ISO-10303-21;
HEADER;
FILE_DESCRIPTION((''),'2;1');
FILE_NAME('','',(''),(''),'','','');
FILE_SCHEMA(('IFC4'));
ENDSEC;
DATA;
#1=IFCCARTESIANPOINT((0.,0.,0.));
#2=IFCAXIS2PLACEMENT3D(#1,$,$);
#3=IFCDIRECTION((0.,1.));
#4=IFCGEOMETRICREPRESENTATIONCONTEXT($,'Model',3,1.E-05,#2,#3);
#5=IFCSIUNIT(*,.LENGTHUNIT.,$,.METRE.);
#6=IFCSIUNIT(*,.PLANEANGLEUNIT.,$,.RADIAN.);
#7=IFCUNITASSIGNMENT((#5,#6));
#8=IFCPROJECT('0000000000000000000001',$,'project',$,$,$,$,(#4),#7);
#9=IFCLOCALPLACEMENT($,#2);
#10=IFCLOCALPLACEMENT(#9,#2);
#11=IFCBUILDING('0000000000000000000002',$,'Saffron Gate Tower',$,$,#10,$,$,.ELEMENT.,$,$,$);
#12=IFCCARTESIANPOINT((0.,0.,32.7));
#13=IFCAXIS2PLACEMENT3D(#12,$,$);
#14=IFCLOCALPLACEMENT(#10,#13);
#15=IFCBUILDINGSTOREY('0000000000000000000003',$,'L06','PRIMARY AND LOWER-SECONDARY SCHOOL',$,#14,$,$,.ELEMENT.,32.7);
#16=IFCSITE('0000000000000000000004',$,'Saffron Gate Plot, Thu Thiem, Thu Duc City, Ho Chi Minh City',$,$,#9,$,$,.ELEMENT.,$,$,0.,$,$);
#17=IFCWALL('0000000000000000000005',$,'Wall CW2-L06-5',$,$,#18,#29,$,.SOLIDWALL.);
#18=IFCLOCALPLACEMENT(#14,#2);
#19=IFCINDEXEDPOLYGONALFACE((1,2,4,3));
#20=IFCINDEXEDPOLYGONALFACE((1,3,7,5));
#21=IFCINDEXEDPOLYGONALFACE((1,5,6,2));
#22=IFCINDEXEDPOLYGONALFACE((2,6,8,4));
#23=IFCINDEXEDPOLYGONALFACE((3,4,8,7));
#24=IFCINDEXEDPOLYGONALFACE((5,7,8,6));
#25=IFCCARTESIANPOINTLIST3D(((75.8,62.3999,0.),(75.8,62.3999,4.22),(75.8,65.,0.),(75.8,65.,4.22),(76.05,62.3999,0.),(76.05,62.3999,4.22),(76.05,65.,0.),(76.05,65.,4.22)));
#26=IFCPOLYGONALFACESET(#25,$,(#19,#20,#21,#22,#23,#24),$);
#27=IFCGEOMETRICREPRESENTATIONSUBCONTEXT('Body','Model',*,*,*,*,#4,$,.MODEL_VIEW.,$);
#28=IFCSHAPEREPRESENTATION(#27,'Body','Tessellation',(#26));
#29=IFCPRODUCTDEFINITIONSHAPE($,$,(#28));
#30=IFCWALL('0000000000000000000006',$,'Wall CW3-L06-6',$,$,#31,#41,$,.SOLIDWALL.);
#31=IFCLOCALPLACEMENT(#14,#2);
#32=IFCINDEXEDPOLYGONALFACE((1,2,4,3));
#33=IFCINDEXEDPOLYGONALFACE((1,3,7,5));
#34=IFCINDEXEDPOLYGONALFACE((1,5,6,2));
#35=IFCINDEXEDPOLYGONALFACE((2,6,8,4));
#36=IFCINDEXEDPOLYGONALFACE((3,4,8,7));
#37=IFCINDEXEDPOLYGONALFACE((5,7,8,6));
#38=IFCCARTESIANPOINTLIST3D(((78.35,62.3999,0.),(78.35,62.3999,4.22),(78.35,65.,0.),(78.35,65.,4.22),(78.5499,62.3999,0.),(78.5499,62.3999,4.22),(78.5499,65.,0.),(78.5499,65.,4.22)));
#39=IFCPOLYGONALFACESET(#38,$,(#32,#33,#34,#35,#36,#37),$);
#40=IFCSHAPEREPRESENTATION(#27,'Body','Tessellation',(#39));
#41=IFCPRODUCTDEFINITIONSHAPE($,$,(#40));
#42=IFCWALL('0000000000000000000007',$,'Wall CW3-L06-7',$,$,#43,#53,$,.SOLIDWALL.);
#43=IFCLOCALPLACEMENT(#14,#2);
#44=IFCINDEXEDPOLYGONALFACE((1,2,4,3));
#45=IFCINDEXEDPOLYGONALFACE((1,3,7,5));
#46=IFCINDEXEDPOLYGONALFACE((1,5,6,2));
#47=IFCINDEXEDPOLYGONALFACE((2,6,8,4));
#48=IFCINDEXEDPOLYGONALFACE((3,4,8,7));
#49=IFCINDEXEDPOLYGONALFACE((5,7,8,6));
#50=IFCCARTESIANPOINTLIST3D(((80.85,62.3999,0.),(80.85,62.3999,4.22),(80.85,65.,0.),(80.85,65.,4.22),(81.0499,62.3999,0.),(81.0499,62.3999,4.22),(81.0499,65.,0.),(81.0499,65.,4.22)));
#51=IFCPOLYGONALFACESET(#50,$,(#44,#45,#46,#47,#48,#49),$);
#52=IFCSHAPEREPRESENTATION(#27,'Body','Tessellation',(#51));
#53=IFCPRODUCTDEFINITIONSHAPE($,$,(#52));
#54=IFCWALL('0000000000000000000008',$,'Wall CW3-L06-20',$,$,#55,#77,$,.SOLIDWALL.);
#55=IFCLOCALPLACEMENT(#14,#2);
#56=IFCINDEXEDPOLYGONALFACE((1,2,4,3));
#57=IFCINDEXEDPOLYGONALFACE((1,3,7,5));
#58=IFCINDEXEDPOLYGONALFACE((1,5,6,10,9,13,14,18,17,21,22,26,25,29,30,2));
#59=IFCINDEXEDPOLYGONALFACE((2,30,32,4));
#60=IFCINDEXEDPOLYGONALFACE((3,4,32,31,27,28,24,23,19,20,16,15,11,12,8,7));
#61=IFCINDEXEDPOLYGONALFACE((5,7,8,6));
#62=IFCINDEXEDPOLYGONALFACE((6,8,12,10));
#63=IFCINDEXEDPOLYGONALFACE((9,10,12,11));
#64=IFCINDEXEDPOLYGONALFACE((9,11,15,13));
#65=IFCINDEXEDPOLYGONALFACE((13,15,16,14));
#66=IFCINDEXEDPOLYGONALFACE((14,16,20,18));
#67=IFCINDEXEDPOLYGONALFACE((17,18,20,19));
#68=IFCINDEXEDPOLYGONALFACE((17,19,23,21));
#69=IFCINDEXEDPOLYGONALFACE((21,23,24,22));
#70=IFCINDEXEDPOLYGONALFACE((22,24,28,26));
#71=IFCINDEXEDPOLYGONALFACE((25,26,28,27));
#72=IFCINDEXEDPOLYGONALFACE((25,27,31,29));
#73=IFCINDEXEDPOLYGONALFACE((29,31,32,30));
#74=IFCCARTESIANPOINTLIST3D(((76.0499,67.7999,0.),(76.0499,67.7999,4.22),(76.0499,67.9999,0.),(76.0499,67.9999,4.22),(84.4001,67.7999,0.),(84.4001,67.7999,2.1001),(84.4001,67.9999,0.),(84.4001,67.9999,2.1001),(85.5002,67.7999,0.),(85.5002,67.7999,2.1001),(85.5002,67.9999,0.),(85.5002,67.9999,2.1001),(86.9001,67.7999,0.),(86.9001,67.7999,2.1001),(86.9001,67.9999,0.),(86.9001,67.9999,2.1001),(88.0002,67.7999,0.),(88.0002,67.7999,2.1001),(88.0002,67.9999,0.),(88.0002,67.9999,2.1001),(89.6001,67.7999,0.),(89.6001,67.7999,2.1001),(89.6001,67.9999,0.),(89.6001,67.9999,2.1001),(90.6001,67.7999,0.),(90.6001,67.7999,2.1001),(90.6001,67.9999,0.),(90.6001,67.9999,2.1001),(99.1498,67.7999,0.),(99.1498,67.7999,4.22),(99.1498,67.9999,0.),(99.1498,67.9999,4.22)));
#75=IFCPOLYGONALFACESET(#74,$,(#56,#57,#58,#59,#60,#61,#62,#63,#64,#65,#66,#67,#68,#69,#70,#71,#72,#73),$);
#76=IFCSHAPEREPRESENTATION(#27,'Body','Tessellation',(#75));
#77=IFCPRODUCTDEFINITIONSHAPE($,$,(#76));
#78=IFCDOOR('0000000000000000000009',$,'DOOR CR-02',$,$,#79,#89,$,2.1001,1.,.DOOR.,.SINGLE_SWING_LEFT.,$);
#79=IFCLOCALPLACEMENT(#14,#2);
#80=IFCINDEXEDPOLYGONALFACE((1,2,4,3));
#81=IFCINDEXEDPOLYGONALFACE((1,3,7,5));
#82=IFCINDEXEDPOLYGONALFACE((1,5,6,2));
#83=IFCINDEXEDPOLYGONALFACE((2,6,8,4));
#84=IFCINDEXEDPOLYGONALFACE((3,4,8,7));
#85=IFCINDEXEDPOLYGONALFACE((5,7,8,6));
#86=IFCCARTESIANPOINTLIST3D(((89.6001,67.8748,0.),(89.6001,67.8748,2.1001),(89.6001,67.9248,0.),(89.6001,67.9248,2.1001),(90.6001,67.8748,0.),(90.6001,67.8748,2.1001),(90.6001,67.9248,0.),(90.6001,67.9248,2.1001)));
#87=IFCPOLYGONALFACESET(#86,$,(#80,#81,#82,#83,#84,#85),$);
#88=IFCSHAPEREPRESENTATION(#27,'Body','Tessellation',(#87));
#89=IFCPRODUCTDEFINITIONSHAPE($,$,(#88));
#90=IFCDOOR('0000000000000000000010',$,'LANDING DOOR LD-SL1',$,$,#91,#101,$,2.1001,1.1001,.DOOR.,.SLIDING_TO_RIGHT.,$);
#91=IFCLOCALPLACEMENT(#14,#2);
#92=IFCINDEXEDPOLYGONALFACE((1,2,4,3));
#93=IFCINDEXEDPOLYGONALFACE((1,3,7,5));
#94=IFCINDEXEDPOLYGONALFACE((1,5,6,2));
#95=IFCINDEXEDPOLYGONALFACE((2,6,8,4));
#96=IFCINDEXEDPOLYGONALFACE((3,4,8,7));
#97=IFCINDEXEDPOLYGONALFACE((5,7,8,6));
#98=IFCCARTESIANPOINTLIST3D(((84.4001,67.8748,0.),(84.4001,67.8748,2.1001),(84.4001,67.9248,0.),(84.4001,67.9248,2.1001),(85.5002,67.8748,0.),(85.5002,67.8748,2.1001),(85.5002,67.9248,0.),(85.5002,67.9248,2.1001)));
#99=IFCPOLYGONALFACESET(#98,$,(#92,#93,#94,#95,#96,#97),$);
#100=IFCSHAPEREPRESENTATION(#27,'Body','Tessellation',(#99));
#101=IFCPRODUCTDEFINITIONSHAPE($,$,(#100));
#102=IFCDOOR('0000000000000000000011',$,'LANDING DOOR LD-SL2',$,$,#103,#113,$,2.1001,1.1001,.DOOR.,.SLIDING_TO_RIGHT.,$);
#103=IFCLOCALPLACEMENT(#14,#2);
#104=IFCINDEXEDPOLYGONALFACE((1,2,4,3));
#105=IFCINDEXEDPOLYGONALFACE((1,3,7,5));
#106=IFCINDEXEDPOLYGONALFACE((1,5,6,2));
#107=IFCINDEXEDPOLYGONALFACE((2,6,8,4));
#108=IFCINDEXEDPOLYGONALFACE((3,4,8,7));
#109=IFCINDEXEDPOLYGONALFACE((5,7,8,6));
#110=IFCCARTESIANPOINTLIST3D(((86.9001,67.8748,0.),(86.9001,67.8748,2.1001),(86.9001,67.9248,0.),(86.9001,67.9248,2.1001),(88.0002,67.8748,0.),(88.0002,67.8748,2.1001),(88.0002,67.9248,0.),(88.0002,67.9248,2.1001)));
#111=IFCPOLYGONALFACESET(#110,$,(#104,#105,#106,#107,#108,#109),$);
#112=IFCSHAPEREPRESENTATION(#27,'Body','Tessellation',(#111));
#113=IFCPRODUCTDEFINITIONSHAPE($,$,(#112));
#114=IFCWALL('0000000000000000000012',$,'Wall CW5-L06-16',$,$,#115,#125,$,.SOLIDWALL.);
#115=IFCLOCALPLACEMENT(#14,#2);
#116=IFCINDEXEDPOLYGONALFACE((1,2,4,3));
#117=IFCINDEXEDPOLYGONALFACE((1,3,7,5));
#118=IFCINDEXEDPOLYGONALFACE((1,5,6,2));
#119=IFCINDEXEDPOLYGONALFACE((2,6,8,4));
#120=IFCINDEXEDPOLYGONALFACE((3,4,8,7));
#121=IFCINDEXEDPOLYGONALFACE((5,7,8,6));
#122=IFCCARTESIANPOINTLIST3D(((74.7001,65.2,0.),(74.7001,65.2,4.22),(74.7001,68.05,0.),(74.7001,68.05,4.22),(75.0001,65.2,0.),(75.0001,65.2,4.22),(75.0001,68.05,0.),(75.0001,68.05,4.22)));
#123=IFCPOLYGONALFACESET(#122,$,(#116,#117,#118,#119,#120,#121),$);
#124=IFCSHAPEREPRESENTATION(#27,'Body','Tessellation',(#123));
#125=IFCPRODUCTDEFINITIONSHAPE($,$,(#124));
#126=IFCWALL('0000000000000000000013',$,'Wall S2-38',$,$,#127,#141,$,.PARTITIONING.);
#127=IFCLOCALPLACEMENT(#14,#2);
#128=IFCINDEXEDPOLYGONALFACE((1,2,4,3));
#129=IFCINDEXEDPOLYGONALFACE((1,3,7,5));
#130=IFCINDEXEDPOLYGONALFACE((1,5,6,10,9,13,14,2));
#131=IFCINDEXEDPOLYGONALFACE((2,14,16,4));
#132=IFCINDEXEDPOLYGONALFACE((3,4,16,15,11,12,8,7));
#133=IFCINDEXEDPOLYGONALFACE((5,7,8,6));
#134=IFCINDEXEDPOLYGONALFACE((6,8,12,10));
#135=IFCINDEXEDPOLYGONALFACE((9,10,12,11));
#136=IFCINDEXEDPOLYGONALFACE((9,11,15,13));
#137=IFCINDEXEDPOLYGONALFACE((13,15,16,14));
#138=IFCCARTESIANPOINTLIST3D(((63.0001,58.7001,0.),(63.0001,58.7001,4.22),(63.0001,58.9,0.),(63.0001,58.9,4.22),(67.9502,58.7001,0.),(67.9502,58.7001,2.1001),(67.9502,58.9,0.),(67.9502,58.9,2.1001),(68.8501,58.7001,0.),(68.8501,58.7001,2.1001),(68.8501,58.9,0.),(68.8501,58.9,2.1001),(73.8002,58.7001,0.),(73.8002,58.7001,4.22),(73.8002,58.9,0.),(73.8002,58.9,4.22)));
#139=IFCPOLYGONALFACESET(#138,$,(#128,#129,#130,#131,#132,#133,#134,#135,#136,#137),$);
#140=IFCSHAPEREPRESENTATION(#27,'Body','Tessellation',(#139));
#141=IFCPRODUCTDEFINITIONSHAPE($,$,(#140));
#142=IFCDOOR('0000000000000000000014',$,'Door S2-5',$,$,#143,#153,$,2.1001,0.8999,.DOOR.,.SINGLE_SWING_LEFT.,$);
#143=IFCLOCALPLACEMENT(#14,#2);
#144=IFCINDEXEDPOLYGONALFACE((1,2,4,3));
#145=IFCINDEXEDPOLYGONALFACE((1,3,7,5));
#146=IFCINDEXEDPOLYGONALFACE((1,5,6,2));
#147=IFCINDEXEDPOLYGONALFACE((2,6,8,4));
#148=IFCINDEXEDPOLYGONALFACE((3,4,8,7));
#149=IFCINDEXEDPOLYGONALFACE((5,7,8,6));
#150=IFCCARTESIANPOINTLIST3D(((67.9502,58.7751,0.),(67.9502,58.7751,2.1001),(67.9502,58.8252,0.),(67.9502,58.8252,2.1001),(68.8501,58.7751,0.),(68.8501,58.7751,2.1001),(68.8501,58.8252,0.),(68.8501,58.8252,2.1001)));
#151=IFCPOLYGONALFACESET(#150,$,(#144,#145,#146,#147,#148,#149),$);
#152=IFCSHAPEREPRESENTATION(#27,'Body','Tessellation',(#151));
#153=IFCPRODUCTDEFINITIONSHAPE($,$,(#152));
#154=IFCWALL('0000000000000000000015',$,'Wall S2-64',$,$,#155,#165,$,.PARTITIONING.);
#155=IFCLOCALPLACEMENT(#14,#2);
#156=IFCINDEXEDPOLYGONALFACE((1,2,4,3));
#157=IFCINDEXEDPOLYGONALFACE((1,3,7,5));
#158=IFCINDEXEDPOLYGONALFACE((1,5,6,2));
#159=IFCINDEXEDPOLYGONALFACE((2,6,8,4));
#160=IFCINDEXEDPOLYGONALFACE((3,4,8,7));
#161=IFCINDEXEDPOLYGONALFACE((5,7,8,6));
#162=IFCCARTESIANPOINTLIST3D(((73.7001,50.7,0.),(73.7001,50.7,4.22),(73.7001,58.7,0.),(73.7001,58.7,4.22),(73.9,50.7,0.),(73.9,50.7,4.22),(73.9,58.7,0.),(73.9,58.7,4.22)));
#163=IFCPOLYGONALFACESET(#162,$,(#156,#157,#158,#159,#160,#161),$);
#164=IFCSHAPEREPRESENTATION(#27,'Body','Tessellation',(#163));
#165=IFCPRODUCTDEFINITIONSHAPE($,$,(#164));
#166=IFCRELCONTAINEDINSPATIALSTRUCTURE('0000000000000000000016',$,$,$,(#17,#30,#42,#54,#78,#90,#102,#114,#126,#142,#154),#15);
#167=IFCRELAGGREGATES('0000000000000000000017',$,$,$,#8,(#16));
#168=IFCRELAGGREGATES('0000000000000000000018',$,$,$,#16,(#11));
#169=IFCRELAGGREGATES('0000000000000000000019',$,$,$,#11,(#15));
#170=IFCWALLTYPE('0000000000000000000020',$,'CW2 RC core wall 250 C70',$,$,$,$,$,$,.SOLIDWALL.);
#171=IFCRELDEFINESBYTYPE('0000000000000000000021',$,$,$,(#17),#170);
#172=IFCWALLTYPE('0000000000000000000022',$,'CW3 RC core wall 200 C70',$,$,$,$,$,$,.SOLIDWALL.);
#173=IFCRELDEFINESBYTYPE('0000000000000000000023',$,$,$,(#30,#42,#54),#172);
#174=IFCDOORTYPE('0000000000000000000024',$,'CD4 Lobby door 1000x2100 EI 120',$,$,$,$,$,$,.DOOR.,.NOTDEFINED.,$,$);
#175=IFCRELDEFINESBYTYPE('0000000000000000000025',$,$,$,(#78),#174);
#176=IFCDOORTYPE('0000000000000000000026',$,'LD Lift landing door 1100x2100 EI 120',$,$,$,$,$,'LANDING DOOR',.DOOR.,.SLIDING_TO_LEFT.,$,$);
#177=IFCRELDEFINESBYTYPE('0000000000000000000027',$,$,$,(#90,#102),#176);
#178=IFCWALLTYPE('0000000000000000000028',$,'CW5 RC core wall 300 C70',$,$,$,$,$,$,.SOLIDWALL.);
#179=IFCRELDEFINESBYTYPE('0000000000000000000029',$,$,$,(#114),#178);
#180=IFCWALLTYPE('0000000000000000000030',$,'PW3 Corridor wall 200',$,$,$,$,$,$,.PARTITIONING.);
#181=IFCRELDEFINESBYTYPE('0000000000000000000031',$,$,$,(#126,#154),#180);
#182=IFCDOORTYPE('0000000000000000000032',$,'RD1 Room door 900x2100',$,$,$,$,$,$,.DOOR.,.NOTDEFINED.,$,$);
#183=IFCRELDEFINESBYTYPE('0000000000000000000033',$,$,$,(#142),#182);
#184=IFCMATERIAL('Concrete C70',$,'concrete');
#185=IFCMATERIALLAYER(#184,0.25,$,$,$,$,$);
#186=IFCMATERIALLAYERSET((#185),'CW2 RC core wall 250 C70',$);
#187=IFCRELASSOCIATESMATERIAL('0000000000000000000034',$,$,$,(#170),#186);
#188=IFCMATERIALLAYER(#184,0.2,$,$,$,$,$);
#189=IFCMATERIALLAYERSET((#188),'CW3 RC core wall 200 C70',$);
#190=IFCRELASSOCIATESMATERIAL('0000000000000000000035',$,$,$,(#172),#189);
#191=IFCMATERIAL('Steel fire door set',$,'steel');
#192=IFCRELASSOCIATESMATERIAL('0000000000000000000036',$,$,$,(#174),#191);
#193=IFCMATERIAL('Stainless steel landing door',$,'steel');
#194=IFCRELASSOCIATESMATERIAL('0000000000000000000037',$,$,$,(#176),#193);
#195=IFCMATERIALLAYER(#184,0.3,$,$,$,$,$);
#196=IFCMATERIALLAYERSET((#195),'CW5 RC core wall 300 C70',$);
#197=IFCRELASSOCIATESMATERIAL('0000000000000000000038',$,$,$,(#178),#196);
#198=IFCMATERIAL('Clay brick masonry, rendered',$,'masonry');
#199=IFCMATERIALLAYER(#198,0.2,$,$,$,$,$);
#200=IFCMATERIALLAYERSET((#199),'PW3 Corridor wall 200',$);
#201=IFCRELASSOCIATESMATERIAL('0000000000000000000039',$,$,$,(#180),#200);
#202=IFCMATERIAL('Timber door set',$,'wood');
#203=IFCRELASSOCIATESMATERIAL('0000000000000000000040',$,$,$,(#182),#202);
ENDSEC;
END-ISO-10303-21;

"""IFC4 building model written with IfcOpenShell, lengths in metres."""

from ifc_helpers import new_model, si_unit, direction, frame, frame_2d, origin, place, context, subcontext, project, spatial, rectangle, extrude, material, layer, layer_set, type_object, element, fill, save


model = new_model("IFC4")

# Units and contexts
model_context = context("Model", 3, precision=1e-05, world=origin(), true_north=direction((0.0, 1.0)))
body_context = subcontext(model_context, "Body", "Model", "MODEL_VIEW")
ifc_project = project(units=[si_unit("LENGTHUNIT", "METRE"), si_unit("PLANEANGLEUNIT", "RADIAN")], contexts=[model_context])

# Site, building, storey
site_placement = place(None, origin())
site = spatial("IfcSite", under=ifc_project, at=site_placement, Name="Saffron Gate Plot, Thu Thiem, Thu Duc City, Ho Chi Minh City", CompositionType="ELEMENT", RefElevation=0.0)
building_placement = place(site_placement, origin())
building = spatial("IfcBuilding", under=site, at=building_placement, Name="Saffron Gate Tower", CompositionType="ELEMENT")
storey_placement = place(building_placement, frame((0.0, 0.0, 32.7)))
storey = spatial("IfcBuildingStorey", under=building, at=storey_placement, Name="L06", Description="PRIMARY AND LOWER-SECONDARY SCHOOL", CompositionType="ELEMENT", Elevation=32.7)

# Walls
ifc_material_1 = material(Name="Concrete C70", Category="concrete")
ifc_layer_1 = layer(ifc_material_1, 0.25)
ifc_layer_set_1 = layer_set([ifc_layer_1], Name="CW2 RC core wall 250 C70")
wall_type_1 = type_object("IfcWallType", Name="CW2 RC core wall 250 C70", PredefinedType="SOLIDWALL", material=ifc_layer_set_1)
wall_1_placement = place(storey_placement, frame((75.925, 62.3999, 0.0), z_axis=(0.0, 0.0, 1.0), x_axis=(0.0, 1.0, 0.0)))
element("IfcWall", 1, at=wall_1_placement, inside=storey, type_object=wall_type_1, Name="Wall CW2-L06-5", PredefinedType="SOLIDWALL", context=body_context, shape_type="SweptSolid", body=[
    extrude(rectangle(XDim=2.6001, YDim=0.25, at=frame_2d((1.3, 0.0))), origin(), (0.0, 0.0, 1.0), 4.22),
])
ifc_layer_2 = layer(ifc_material_1, 0.2)
ifc_layer_set_2 = layer_set([ifc_layer_2], Name="CW3 RC core wall 200 C70")
wall_type_2 = type_object("IfcWallType", Name="CW3 RC core wall 200 C70", PredefinedType="SOLIDWALL", material=ifc_layer_set_2)
for number, where, z_axis, x_axis, name in (
    (2, (78.45, 62.3999, 0.0), (0.0, 0.0, 1.0), (0.0, 1.0, 0.0), "Wall CW3-L06-6"),
    (3, (80.95, 62.3999, 0.0), (0.0, 0.0, 1.0), (0.0, 1.0, 0.0), "Wall CW3-L06-7"),
):
    element("IfcWall", number, at=place(storey_placement, frame(where, z_axis=z_axis, x_axis=x_axis)), inside=storey, type_object=wall_type_2, Name=name, PredefinedType="SOLIDWALL", context=body_context, shape_type="SweptSolid", body=[
        extrude(rectangle(XDim=2.6001, YDim=0.2, at=frame_2d((1.3, 0.0))), origin(), (0.0, 0.0, 1.0), 4.22),
    ])

# Wall, openings, doors
wall_2_placement = place(storey_placement, frame((76.05, 67.8999, 0.0), z_axis=(0.0, 0.0, 1.0), x_axis=(1.0, 0.0, 0.0)))
wall_2 = element("IfcWall", 4, at=wall_2_placement, inside=storey, type_object=wall_type_2, Name="Wall CW3-L06-20", PredefinedType="SOLIDWALL", context=body_context, shape_type="SweptSolid", body=[
    extrude(rectangle(XDim=23.0999, YDim=0.2, at=frame_2d((11.5498, 0.0))), origin(), (0.0, 0.0, 1.0), 4.22),
])
opening_1_placement = place(wall_2_placement, frame((8.3501, 0.0, 0.0)))
opening_1 = element("IfcOpeningElement", 5, at=opening_1_placement, cuts=wall_2, PredefinedType="OPENING", context=body_context, shape_type="SweptSolid", body=[
    extrude(rectangle(XDim=1.1001, YDim=2.1001, at=frame_2d((0.55, 1.05))), frame((0.0, 0.1099, 0.0), z_axis=(0.0, -1.0, 0.0), x_axis=(1.0, 0.0, 0.0)), (0.0, 0.0, 1.0), 0.22),
])
opening_2_placement = place(wall_2_placement, frame((10.8501, 0.0, 0.0)))
opening_2 = element("IfcOpeningElement", 6, at=opening_2_placement, cuts=wall_2, PredefinedType="OPENING", context=body_context, shape_type="SweptSolid", body=[
    extrude(rectangle(XDim=1.1001, YDim=2.1001, at=frame_2d((0.55, 1.05))), frame((0.0, 0.1099, 0.0), z_axis=(0.0, -1.0, 0.0), x_axis=(1.0, 0.0, 0.0)), (0.0, 0.0, 1.0), 0.22),
])
opening_3_placement = place(wall_2_placement, frame((13.55, 0.0, 0.0)))
opening_3 = element("IfcOpeningElement", 7, at=opening_3_placement, cuts=wall_2, PredefinedType="OPENING", context=body_context, shape_type="SweptSolid", body=[
    extrude(rectangle(XDim=1.0, YDim=2.1001, at=frame_2d((0.5, 1.05))), frame((0.0, 0.1099, 0.0), z_axis=(0.0, -1.0, 0.0), x_axis=(1.0, 0.0, 0.0)), (0.0, 0.0, 1.0), 0.22),
])
ifc_material_2 = material(Name="Steel fire door set", Category="steel")
door_type_1 = type_object("IfcDoorType", Name="CD4 Lobby door 1000x2100 EI 120", OperationType="NOTDEFINED", PredefinedType="DOOR", material=ifc_material_2)
door_1_placement = place(opening_3_placement, origin())
door_1 = element("IfcDoor", 8, at=door_1_placement, inside=storey, type_object=door_type_1, Name="DOOR CR-02", OperationType="SINGLE_SWING_LEFT", OverallHeight=2.1001, OverallWidth=1.0, PredefinedType="DOOR", context=body_context, shape_type="SweptSolid", body=[
    extrude(rectangle(XDim=1.0, YDim=2.1001, at=frame_2d((0.5, 1.05))), frame((0.0, 0.0249, 0.0), z_axis=(0.0, -1.0, 0.0), x_axis=(1.0, 0.0, 0.0)), (0.0, 0.0, 1.0), 0.05),
])
fill(opening_3, door_1)
ifc_material_3 = material(Name="Stainless steel landing door", Category="steel")
door_type_2 = type_object("IfcDoorType", Name="LD Lift landing door 1100x2100 EI 120", ElementType="LANDING DOOR", OperationType="SLIDING_TO_LEFT", PredefinedType="DOOR", material=ifc_material_3)
door_2_placement = place(opening_1_placement, origin())
door_2 = element("IfcDoor", 9, at=door_2_placement, inside=storey, type_object=door_type_2, Name="LANDING DOOR LD-SL1", OperationType="SLIDING_TO_RIGHT", OverallHeight=2.1001, OverallWidth=1.1001, PredefinedType="DOOR", context=body_context, shape_type="SweptSolid", body=[
    extrude(rectangle(XDim=1.1001, YDim=2.1001, at=frame_2d((0.55, 1.05))), frame((0.0, 0.0249, 0.0), z_axis=(0.0, -1.0, 0.0), x_axis=(1.0, 0.0, 0.0)), (0.0, 0.0, 1.0), 0.05),
])
fill(opening_1, door_2)
door_3_placement = place(opening_2_placement, origin())
door_3 = element("IfcDoor", 10, at=door_3_placement, inside=storey, type_object=door_type_2, Name="LANDING DOOR LD-SL2", OperationType="SLIDING_TO_RIGHT", OverallHeight=2.1001, OverallWidth=1.1001, PredefinedType="DOOR", context=body_context, shape_type="SweptSolid", body=[
    extrude(rectangle(XDim=1.1001, YDim=2.1001, at=frame_2d((0.55, 1.05))), frame((0.0, 0.0249, 0.0), z_axis=(0.0, -1.0, 0.0), x_axis=(1.0, 0.0, 0.0)), (0.0, 0.0, 1.0), 0.05),
])
fill(opening_2, door_3)

# Wall
ifc_layer_3 = layer(ifc_material_1, 0.3)
ifc_layer_set_3 = layer_set([ifc_layer_3], Name="CW5 RC core wall 300 C70")
wall_type_3 = type_object("IfcWallType", Name="CW5 RC core wall 300 C70", PredefinedType="SOLIDWALL", material=ifc_layer_set_3)
wall_3_placement = place(storey_placement, frame((74.8501, 65.2, 0.0), z_axis=(0.0, 0.0, 1.0), x_axis=(0.0, 1.0, 0.0)))
element("IfcWall", 11, at=wall_3_placement, inside=storey, type_object=wall_type_3, Name="Wall CW5-L06-16", PredefinedType="SOLIDWALL", context=body_context, shape_type="SweptSolid", body=[
    extrude(rectangle(XDim=2.8501, YDim=0.3, at=frame_2d((1.425, 0.0))), origin(), (0.0, 0.0, 1.0), 4.22),
])

# Wall, opening, door
ifc_material_4 = material(Name="Clay brick masonry, rendered", Category="masonry")
ifc_layer_4 = layer(ifc_material_4, 0.2)
ifc_layer_set_4 = layer_set([ifc_layer_4], Name="PW3 Corridor wall 200")
wall_type_4 = type_object("IfcWallType", Name="PW3 Corridor wall 200", PredefinedType="PARTITIONING", material=ifc_layer_set_4)
wall_4_placement = place(storey_placement, frame((73.8, 58.8, 0.0), z_axis=(0.0, 0.0, 1.0), x_axis=(-1.0, 0.0, 0.0)))
wall_4 = element("IfcWall", 12, at=wall_4_placement, inside=storey, type_object=wall_type_4, Name="Wall S2-38", PredefinedType="PARTITIONING", context=body_context, shape_type="SweptSolid", body=[
    extrude(rectangle(XDim=10.8, YDim=0.2, at=frame_2d((5.3999, 0.0))), origin(), (0.0, 0.0, 1.0), 4.22),
])
opening_4_placement = place(wall_4_placement, frame((4.95, 0.0, 0.0)))
opening_4 = element("IfcOpeningElement", 13, at=opening_4_placement, cuts=wall_4, PredefinedType="OPENING", context=body_context, shape_type="SweptSolid", body=[
    extrude(rectangle(XDim=0.8999, YDim=2.1001, at=frame_2d((0.45, 1.05))), frame((0.0, 0.1099, 0.0), z_axis=(0.0, -1.0, 0.0), x_axis=(1.0, 0.0, 0.0)), (0.0, 0.0, 1.0), 0.22),
])
ifc_material_5 = material(Name="Timber door set", Category="wood")
door_type_3 = type_object("IfcDoorType", Name="RD1 Room door 900x2100", OperationType="NOTDEFINED", PredefinedType="DOOR", material=ifc_material_5)
door_4_placement = place(opening_4_placement, origin())
door_4 = element("IfcDoor", 14, at=door_4_placement, inside=storey, type_object=door_type_3, Name="Door S2-5", OperationType="SINGLE_SWING_LEFT", OverallHeight=2.1001, OverallWidth=0.8999, PredefinedType="DOOR", context=body_context, shape_type="SweptSolid", body=[
    extrude(rectangle(XDim=0.8999, YDim=2.1001, at=frame_2d((0.45, 1.05))), frame((0.0, 0.0249, 0.0), z_axis=(0.0, -1.0, 0.0), x_axis=(1.0, 0.0, 0.0)), (0.0, 0.0, 1.0), 0.05),
])
fill(opening_4, door_4)

# Wall
wall_5_placement = place(storey_placement, frame((73.8, 58.7, 0.0), z_axis=(0.0, 0.0, 1.0), x_axis=(0.0, -1.0, 0.0)))
element("IfcWall", 15, at=wall_5_placement, inside=storey, type_object=wall_type_4, Name="Wall S2-64", PredefinedType="PARTITIONING", context=body_context, shape_type="SweptSolid", body=[
    extrude(rectangle(XDim=8.0, YDim=0.2, at=frame_2d((4.0, 0.0))), origin(), (0.0, 0.0, 1.0), 4.22),
])

save(model, "model.ifc")
